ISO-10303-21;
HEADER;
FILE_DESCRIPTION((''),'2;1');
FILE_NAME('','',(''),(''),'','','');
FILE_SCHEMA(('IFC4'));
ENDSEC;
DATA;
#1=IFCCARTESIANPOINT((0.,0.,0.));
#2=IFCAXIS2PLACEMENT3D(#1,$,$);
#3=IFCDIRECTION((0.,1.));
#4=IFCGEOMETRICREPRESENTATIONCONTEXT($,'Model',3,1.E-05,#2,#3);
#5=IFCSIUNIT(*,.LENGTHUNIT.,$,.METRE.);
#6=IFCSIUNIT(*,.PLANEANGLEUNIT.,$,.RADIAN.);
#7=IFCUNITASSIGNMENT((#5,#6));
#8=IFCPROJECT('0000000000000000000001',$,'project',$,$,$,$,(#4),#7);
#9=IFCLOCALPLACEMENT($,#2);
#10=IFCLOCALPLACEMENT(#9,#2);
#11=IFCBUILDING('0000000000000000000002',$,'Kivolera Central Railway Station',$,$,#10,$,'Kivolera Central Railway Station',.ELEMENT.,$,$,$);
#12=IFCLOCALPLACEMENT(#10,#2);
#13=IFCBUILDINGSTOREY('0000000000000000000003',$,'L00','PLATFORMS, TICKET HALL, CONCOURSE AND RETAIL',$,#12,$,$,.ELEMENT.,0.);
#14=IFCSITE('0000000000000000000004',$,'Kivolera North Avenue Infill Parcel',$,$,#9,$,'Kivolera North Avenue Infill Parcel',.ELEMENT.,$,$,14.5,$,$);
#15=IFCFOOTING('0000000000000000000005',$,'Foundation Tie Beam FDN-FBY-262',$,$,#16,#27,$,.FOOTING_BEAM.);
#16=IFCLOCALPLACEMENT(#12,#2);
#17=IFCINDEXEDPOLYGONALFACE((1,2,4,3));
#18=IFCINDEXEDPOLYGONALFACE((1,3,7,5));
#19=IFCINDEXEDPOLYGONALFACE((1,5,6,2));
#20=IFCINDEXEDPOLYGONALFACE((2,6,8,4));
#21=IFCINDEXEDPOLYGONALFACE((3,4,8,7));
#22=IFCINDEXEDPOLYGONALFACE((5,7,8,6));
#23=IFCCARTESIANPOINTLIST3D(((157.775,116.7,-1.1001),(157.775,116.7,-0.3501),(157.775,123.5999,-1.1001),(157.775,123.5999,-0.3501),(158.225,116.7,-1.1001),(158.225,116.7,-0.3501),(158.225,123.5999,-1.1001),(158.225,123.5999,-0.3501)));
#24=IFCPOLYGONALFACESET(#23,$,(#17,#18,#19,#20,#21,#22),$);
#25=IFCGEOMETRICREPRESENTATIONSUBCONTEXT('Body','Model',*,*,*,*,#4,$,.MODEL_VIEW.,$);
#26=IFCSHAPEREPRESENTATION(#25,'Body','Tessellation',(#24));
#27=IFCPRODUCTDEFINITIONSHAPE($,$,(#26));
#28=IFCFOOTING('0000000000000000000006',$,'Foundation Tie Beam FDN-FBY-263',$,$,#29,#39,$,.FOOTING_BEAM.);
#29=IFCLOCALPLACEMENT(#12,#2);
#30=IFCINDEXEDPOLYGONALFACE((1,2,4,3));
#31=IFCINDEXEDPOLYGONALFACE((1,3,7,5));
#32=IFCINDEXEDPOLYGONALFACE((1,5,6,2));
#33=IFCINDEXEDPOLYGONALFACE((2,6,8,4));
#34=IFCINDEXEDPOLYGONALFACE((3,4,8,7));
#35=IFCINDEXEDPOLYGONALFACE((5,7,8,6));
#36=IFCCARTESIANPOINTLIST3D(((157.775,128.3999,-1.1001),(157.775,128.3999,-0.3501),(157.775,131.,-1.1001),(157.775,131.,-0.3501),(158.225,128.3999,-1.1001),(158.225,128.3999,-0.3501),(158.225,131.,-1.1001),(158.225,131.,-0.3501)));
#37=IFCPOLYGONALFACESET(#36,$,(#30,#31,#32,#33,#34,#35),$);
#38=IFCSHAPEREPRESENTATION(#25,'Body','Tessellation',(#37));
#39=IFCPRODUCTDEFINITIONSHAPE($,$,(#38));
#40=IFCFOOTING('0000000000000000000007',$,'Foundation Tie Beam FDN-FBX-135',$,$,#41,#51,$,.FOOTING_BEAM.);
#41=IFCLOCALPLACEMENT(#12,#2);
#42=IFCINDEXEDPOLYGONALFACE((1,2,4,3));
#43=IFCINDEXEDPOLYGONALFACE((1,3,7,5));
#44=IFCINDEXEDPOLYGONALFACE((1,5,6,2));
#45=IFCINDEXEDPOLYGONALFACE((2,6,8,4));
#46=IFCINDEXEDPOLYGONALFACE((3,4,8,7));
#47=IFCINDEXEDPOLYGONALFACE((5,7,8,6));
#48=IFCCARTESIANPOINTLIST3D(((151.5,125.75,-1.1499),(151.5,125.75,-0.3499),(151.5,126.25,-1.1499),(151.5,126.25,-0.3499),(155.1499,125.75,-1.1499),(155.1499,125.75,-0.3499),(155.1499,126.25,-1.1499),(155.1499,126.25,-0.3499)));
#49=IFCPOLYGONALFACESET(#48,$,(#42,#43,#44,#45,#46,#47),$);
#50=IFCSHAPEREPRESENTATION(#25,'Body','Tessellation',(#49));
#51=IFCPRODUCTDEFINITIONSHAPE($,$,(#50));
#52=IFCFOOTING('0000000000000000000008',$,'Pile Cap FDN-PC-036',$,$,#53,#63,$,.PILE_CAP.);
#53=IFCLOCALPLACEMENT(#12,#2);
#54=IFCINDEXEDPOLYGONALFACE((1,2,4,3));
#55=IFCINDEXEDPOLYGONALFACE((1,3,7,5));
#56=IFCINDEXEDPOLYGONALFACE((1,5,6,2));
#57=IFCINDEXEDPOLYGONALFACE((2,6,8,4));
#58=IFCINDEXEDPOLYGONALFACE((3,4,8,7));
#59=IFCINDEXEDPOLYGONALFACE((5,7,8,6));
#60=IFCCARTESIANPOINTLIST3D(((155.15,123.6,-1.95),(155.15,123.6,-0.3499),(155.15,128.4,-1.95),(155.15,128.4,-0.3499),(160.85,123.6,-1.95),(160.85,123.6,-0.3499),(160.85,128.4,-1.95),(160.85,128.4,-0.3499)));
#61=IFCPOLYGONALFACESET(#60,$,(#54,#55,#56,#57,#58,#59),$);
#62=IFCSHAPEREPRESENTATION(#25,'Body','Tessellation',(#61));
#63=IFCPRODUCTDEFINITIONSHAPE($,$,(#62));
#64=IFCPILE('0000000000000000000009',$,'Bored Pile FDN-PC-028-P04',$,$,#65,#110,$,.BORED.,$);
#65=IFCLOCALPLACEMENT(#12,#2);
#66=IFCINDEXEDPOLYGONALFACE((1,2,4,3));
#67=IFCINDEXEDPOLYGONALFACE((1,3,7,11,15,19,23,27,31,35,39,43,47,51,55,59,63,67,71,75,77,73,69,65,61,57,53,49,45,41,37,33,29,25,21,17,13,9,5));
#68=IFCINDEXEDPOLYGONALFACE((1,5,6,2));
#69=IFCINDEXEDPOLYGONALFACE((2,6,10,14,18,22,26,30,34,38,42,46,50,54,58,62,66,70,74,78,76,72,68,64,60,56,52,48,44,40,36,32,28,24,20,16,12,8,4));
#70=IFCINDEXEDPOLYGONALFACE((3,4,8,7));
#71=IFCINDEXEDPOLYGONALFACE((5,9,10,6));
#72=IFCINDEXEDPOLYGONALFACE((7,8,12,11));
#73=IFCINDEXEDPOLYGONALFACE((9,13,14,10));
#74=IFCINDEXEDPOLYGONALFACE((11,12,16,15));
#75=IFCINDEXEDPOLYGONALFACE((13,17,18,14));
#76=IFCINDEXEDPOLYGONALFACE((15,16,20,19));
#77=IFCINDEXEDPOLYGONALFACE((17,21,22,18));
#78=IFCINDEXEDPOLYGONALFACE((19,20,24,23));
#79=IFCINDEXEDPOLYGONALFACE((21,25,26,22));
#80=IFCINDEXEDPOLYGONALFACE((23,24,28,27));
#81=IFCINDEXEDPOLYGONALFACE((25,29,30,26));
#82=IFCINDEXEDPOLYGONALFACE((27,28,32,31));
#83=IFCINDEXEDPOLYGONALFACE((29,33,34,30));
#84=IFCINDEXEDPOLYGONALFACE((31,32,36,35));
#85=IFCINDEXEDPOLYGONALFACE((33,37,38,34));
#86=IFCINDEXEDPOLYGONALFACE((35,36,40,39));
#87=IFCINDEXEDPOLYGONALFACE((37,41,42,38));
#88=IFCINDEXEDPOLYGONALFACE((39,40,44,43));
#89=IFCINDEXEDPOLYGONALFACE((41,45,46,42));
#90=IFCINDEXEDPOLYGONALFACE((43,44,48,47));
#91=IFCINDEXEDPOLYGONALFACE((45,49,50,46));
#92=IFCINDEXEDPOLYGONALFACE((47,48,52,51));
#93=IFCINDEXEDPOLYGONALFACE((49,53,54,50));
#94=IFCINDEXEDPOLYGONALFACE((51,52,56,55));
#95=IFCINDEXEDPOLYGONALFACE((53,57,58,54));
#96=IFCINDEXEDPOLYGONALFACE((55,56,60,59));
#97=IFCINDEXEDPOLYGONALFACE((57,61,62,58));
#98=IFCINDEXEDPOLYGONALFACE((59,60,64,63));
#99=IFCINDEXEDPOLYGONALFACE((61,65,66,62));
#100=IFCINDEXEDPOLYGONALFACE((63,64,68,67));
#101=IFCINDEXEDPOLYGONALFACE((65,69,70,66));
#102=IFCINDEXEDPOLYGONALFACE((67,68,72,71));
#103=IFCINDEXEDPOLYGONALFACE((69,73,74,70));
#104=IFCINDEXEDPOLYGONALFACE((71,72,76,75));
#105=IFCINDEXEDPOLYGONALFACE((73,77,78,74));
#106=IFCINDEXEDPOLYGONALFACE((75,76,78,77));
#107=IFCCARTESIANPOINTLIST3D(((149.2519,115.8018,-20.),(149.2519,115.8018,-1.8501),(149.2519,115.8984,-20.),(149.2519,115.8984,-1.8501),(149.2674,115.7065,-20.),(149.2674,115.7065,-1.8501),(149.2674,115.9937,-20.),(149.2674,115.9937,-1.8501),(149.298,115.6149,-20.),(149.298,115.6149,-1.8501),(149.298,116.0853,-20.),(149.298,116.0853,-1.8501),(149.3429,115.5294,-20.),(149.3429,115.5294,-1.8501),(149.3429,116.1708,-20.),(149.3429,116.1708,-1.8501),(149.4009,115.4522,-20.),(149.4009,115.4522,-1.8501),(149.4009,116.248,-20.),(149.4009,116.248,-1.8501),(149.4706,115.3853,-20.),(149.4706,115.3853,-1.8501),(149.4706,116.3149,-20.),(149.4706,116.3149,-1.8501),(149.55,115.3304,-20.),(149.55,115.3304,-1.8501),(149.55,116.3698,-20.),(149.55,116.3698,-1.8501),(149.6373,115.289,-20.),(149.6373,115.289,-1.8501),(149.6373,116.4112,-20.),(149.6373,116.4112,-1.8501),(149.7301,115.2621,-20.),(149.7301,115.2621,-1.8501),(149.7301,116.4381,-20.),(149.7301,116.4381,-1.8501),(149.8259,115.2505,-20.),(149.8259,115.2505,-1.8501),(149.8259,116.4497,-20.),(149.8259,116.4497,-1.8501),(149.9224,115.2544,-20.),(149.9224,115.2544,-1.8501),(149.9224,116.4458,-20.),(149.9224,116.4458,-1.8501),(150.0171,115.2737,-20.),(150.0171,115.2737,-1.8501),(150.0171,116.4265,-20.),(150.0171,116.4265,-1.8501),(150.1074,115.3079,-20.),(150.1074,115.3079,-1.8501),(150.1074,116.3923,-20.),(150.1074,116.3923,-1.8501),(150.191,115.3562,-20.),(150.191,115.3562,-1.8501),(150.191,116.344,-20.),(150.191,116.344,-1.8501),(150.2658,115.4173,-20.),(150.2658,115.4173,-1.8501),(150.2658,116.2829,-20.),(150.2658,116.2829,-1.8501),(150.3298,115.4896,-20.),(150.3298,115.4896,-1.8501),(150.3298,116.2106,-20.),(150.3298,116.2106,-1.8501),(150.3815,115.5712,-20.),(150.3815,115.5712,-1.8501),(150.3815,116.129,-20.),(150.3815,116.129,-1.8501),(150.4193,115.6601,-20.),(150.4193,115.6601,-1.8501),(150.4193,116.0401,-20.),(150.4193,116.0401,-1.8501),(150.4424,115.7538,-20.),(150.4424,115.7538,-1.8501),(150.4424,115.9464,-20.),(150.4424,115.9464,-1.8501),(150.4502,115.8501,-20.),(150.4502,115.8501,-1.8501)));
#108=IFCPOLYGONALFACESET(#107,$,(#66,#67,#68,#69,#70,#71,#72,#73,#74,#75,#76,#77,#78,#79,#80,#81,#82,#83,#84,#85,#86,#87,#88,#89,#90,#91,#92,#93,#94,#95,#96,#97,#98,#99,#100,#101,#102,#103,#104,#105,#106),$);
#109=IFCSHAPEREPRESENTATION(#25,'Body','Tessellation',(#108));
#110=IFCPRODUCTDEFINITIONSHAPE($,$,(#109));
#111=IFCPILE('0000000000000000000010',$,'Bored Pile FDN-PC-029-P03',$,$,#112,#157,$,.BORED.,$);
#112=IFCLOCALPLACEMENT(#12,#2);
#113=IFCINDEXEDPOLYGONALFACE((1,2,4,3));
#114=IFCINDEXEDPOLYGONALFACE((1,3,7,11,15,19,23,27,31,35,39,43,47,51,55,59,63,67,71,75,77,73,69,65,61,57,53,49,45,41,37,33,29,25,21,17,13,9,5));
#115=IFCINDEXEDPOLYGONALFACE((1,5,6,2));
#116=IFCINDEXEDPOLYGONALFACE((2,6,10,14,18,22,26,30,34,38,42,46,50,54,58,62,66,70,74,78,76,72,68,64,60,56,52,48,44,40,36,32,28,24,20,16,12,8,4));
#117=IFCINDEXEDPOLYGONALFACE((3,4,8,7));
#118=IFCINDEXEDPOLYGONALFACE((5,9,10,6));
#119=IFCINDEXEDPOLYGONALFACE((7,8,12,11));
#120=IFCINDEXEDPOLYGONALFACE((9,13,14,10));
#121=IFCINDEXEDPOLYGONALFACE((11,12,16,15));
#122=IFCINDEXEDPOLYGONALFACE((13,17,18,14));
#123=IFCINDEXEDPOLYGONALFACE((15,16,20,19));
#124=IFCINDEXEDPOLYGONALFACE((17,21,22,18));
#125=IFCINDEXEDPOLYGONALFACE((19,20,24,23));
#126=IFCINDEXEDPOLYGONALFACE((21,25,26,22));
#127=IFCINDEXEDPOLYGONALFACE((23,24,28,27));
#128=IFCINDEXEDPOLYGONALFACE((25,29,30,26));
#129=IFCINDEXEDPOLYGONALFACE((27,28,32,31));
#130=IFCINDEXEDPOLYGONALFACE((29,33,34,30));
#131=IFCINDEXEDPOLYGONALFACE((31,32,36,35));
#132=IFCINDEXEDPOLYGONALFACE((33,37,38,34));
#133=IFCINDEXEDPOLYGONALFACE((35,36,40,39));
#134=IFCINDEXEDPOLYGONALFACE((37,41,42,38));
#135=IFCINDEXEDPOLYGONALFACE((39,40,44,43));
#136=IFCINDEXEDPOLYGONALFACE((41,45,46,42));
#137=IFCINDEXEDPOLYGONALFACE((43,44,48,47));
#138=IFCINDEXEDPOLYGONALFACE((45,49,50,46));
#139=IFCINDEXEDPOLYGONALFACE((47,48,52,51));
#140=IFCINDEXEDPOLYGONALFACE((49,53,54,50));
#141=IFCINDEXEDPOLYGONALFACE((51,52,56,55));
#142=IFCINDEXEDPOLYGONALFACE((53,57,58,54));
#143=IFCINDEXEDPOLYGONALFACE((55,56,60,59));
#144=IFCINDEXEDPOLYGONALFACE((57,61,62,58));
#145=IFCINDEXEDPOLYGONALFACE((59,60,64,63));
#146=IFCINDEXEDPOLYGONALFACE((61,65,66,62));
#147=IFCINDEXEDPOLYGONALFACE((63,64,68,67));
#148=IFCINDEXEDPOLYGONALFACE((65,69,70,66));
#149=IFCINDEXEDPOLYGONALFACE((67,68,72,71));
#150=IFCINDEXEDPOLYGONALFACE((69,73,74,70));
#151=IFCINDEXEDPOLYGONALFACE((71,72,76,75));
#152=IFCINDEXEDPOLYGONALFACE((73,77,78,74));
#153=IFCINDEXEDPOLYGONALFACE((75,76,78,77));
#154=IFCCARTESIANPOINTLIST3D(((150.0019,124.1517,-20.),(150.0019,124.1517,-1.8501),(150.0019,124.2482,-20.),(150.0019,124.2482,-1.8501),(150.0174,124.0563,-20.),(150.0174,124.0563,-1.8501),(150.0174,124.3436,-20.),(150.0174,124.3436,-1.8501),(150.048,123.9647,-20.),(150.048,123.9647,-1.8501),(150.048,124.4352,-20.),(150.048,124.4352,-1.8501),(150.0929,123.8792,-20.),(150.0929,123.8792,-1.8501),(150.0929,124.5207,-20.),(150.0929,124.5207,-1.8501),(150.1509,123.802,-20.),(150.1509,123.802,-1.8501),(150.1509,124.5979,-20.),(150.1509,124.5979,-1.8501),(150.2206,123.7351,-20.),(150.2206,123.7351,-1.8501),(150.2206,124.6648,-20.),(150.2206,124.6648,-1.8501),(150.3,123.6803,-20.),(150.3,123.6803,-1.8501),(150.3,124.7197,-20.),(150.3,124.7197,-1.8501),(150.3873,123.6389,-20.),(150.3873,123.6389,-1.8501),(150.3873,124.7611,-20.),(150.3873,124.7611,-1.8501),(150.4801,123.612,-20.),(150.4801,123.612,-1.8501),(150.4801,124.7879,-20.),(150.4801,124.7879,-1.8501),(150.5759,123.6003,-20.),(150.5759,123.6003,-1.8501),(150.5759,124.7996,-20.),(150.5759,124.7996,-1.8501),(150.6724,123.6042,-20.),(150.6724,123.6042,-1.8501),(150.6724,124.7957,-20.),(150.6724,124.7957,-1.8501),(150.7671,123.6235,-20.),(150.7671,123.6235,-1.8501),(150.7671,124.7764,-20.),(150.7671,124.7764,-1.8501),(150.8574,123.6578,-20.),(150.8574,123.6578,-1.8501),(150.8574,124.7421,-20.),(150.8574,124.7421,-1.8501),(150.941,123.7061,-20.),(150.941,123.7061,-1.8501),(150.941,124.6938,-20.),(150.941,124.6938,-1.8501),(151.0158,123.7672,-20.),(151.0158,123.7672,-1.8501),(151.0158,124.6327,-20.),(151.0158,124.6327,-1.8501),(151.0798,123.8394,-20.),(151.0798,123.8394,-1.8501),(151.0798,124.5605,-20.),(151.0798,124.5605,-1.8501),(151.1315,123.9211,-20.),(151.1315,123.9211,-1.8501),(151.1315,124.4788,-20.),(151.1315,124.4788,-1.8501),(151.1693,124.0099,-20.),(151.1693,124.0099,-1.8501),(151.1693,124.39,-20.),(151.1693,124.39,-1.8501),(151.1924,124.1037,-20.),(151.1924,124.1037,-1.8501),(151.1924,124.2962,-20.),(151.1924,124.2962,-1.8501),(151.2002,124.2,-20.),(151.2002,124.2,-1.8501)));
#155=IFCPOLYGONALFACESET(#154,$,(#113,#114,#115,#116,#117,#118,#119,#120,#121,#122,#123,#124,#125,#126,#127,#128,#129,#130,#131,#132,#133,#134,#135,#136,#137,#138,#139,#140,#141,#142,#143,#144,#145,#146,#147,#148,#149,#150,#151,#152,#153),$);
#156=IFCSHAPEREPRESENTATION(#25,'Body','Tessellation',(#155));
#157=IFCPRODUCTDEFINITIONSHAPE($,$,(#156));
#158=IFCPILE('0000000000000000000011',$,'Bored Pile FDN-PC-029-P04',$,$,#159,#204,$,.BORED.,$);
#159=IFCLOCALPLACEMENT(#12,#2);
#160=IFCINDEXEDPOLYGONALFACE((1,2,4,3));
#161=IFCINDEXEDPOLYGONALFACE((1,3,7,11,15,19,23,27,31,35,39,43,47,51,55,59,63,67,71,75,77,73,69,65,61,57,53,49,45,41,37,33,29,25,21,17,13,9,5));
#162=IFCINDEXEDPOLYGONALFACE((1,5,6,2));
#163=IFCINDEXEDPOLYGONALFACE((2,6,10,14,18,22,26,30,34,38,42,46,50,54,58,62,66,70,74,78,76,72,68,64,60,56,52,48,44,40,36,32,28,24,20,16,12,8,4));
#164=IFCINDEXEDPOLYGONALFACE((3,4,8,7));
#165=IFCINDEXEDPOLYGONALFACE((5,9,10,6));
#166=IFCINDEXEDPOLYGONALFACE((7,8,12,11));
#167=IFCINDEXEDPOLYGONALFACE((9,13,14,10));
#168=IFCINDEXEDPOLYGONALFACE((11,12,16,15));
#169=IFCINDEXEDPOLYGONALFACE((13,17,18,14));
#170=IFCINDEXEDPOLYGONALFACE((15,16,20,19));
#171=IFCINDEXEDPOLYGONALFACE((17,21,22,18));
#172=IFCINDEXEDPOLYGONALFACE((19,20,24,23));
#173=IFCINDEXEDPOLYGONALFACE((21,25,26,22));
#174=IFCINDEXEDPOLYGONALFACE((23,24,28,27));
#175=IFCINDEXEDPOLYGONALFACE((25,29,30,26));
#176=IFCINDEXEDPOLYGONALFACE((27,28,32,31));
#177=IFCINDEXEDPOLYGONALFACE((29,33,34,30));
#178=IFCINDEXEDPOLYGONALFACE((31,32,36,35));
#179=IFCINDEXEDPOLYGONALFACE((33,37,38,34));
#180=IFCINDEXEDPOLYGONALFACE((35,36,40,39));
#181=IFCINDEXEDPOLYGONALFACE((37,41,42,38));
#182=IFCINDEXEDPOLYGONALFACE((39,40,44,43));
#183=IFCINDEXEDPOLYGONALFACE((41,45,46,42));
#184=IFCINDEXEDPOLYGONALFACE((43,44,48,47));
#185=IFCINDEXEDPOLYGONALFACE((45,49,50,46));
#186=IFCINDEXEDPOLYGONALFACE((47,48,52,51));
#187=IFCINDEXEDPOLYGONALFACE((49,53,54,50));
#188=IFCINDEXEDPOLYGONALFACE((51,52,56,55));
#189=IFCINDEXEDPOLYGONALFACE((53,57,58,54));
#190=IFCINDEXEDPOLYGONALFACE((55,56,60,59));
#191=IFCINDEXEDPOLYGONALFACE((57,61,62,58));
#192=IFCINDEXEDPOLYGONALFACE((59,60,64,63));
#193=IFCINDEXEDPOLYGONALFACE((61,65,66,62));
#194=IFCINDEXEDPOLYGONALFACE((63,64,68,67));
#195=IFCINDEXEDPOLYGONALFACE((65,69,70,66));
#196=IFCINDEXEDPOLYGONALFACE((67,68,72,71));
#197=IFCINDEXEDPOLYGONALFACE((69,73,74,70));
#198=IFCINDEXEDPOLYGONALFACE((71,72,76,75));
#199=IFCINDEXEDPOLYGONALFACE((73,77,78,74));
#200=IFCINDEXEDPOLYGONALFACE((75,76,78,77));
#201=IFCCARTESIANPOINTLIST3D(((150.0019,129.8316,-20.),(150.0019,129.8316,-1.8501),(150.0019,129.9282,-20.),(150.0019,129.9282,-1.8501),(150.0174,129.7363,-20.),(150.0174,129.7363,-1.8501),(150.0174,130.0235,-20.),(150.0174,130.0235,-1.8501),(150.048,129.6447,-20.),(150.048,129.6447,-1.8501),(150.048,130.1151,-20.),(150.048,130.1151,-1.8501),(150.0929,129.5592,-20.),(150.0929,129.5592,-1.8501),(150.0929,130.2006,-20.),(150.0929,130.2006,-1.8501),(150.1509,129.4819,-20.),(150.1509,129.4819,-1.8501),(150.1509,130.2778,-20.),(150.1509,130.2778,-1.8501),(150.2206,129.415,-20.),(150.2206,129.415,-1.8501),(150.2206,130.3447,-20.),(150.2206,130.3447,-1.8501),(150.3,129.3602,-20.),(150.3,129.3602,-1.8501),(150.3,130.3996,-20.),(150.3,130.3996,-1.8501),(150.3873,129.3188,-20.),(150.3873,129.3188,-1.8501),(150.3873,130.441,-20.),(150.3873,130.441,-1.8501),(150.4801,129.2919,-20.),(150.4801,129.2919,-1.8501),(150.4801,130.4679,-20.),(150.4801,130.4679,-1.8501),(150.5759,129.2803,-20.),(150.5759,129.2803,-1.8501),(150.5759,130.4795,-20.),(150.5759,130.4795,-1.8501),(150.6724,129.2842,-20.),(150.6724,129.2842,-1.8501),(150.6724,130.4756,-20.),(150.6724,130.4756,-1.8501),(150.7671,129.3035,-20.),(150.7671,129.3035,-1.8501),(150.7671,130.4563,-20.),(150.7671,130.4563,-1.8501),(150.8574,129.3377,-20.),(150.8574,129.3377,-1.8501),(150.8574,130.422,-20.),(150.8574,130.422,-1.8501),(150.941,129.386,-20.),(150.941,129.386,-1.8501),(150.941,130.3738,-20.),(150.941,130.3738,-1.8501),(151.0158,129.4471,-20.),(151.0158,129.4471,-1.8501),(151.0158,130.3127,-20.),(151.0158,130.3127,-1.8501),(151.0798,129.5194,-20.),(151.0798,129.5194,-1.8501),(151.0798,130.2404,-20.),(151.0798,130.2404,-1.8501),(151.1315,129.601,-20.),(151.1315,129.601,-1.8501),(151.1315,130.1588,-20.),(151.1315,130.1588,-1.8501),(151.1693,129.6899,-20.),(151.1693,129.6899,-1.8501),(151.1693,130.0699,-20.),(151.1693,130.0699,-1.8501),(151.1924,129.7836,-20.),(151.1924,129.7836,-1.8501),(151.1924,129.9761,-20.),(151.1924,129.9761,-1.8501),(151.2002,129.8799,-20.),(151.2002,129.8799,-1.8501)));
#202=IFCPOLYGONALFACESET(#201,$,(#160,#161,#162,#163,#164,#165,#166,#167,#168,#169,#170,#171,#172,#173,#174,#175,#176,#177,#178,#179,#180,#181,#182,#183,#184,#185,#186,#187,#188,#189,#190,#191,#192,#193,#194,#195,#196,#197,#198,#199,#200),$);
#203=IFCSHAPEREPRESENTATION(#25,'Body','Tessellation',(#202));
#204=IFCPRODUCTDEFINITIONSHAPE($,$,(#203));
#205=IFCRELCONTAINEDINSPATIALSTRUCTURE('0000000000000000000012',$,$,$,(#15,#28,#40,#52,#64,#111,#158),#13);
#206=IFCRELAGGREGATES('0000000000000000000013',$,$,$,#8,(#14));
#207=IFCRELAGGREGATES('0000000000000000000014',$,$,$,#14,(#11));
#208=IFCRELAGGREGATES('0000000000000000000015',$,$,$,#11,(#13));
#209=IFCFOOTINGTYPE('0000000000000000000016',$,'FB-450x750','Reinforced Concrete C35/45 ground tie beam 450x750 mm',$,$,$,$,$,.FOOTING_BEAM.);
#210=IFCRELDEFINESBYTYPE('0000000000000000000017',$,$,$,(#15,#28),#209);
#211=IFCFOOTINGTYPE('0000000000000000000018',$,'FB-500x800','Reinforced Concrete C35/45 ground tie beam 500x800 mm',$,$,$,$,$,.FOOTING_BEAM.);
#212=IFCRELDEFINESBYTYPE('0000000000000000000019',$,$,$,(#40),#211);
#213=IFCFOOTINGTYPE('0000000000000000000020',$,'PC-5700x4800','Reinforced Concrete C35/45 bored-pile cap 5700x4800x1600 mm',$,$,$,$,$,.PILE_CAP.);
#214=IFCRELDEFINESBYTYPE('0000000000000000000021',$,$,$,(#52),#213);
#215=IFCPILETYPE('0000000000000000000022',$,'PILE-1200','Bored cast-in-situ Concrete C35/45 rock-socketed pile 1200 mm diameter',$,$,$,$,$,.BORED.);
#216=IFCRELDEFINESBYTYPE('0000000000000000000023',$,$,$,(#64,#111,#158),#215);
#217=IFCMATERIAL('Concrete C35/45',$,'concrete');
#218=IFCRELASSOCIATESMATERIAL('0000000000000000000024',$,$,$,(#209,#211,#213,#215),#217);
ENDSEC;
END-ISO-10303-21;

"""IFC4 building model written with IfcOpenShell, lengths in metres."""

from ifc_helpers import new_model, si_unit, direction, frame, origin, origin_2d, place, context, subcontext, project, spatial, rectangle, circle, extrude, material, material_profile, profile_set, type_object, element, save


model = new_model("IFC4")

# Units and contexts
model_context = context("Model", 3, precision=1e-05, world=origin(), true_north=direction((0.0, 1.0)))
body_context = subcontext(model_context, "Body", "Model", "MODEL_VIEW")
ifc_project = project(units=[si_unit("LENGTHUNIT", "METRE"), si_unit("PLANEANGLEUNIT", "RADIAN")], contexts=[model_context])

# Site, building, storey
site_placement = place(None, origin())
site = spatial("IfcSite", under=ifc_project, at=site_placement, Name="Kivolera North Avenue Infill Parcel", LongName="Kivolera North Avenue Infill Parcel", CompositionType="ELEMENT", RefElevation=14.5)
building_placement = place(site_placement, origin())
building = spatial("IfcBuilding", under=site, at=building_placement, Name="Kivolera Central Railway Station", LongName="Kivolera Central Railway Station", CompositionType="ELEMENT")
storey_placement = place(building_placement, origin())
storey = spatial("IfcBuildingStorey", under=building, at=storey_placement, Name="L00", Description="PLATFORMS, TICKET HALL, CONCOURSE AND RETAIL", CompositionType="ELEMENT", Elevation=0.0)

# Footings
ifc_material_1 = material(Name="Concrete C35/45", Category="concrete")
footing_type_1 = type_object("IfcFootingType", Name="FB-450x750", Description="Reinforced Concrete C35/45 ground tie beam 450x750 mm", PredefinedType="FOOTING_BEAM", material=ifc_material_1)
footing_1_placement = place(storey_placement, frame((158.0, 120.1499, -1.1001), z_axis=(0.0, 0.0, 1.0), x_axis=(1.0, 0.0, 0.0)))
element("IfcFooting", 1, at=footing_1_placement, inside=storey, type_object=footing_type_1, Name="Foundation Tie Beam FDN-FBY-262", PredefinedType="FOOTING_BEAM", context=body_context, shape_type="SweptSolid", body=[
    extrude(rectangle(XDim=0.45, YDim=6.8999, at=origin_2d()), origin(), (0.0, 0.0, 1.0), 0.75),
])
footing_2_placement = place(storey_placement, frame((158.0, 129.7, -1.1001), z_axis=(0.0, 0.0, 1.0), x_axis=(1.0, 0.0, 0.0)))
element("IfcFooting", 2, at=footing_2_placement, inside=storey, type_object=footing_type_1, Name="Foundation Tie Beam FDN-FBY-263", PredefinedType="FOOTING_BEAM", context=body_context, shape_type="SweptSolid", body=[
    extrude(rectangle(XDim=0.45, YDim=2.6001, at=origin_2d()), origin(), (0.0, 0.0, 1.0), 0.75),
])
footing_type_2 = type_object("IfcFootingType", Name="FB-500x800", Description="Reinforced Concrete C35/45 ground tie beam 500x800 mm", PredefinedType="FOOTING_BEAM", material=ifc_material_1)
footing_3_placement = place(storey_placement, frame((153.325, 126.0, -1.1499), z_axis=(0.0, 0.0, 1.0), x_axis=(1.0, 0.0, 0.0)))
element("IfcFooting", 3, at=footing_3_placement, inside=storey, type_object=footing_type_2, Name="Foundation Tie Beam FDN-FBX-135", PredefinedType="FOOTING_BEAM", context=body_context, shape_type="SweptSolid", body=[
    extrude(rectangle(XDim=3.6499, YDim=0.5, at=origin_2d()), origin(), (0.0, 0.0, 1.0), 0.8),
])
footing_type_3 = type_object("IfcFootingType", Name="PC-5700x4800", Description="Reinforced Concrete C35/45 bored-pile cap 5700x4800x1600 mm", PredefinedType="PILE_CAP", material=ifc_material_1)
footing_4_placement = place(storey_placement, frame((158.0, 126.0, -1.95), z_axis=(0.0, 0.0, 1.0), x_axis=(1.0, 0.0, 0.0)))
element("IfcFooting", 4, at=footing_4_placement, inside=storey, type_object=footing_type_3, Name="Pile Cap FDN-PC-036", PredefinedType="PILE_CAP", context=body_context, shape_type="SweptSolid", body=[
    extrude(rectangle(XDim=5.7, YDim=4.8, at=origin_2d()), origin(), (0.0, 0.0, 1.0), 1.6001),
])

# Piles
ifc_material_profile_1 = material_profile(ifc_material_1, circle(Radius=0.6001, at=origin_2d()), Name="PILE D1200")
ifc_profile_set_1 = profile_set([ifc_material_profile_1], Name="Concrete C35/45")
pile_type = type_object("IfcPileType", Name="PILE-1200", Description="Bored cast-in-situ Concrete C35/45 rock-socketed pile 1200 mm diameter", PredefinedType="BORED", material=ifc_profile_set_1)
for number, where, z_axis, x_axis, name in (
    (5, (149.8501, 115.8501, -1.8501), (0.0, 0.0, -1.0), (1.0, 0.0, 0.0), "Bored Pile FDN-PC-028-P04"),
    (6, (150.6001, 124.2, -1.8501), (0.0, 0.0, -1.0), (1.0, 0.0, 0.0), "Bored Pile FDN-PC-029-P03"),
    (7, (150.6001, 129.8799, -1.8501), (0.0, 0.0, -1.0), (1.0, 0.0, 0.0), "Bored Pile FDN-PC-029-P04"),
):
    element("IfcPile", number, at=place(storey_placement, frame(where, z_axis=z_axis, x_axis=x_axis)), inside=storey, type_object=pile_type, Name=name, PredefinedType="BORED", context=body_context, shape_type="SweptSolid", body=[
        extrude(circle(Radius=0.6001, at=origin_2d()), origin(), (0.0, 0.0, 1.0), 18.1499),
    ])

save(model, "model.ifc")
